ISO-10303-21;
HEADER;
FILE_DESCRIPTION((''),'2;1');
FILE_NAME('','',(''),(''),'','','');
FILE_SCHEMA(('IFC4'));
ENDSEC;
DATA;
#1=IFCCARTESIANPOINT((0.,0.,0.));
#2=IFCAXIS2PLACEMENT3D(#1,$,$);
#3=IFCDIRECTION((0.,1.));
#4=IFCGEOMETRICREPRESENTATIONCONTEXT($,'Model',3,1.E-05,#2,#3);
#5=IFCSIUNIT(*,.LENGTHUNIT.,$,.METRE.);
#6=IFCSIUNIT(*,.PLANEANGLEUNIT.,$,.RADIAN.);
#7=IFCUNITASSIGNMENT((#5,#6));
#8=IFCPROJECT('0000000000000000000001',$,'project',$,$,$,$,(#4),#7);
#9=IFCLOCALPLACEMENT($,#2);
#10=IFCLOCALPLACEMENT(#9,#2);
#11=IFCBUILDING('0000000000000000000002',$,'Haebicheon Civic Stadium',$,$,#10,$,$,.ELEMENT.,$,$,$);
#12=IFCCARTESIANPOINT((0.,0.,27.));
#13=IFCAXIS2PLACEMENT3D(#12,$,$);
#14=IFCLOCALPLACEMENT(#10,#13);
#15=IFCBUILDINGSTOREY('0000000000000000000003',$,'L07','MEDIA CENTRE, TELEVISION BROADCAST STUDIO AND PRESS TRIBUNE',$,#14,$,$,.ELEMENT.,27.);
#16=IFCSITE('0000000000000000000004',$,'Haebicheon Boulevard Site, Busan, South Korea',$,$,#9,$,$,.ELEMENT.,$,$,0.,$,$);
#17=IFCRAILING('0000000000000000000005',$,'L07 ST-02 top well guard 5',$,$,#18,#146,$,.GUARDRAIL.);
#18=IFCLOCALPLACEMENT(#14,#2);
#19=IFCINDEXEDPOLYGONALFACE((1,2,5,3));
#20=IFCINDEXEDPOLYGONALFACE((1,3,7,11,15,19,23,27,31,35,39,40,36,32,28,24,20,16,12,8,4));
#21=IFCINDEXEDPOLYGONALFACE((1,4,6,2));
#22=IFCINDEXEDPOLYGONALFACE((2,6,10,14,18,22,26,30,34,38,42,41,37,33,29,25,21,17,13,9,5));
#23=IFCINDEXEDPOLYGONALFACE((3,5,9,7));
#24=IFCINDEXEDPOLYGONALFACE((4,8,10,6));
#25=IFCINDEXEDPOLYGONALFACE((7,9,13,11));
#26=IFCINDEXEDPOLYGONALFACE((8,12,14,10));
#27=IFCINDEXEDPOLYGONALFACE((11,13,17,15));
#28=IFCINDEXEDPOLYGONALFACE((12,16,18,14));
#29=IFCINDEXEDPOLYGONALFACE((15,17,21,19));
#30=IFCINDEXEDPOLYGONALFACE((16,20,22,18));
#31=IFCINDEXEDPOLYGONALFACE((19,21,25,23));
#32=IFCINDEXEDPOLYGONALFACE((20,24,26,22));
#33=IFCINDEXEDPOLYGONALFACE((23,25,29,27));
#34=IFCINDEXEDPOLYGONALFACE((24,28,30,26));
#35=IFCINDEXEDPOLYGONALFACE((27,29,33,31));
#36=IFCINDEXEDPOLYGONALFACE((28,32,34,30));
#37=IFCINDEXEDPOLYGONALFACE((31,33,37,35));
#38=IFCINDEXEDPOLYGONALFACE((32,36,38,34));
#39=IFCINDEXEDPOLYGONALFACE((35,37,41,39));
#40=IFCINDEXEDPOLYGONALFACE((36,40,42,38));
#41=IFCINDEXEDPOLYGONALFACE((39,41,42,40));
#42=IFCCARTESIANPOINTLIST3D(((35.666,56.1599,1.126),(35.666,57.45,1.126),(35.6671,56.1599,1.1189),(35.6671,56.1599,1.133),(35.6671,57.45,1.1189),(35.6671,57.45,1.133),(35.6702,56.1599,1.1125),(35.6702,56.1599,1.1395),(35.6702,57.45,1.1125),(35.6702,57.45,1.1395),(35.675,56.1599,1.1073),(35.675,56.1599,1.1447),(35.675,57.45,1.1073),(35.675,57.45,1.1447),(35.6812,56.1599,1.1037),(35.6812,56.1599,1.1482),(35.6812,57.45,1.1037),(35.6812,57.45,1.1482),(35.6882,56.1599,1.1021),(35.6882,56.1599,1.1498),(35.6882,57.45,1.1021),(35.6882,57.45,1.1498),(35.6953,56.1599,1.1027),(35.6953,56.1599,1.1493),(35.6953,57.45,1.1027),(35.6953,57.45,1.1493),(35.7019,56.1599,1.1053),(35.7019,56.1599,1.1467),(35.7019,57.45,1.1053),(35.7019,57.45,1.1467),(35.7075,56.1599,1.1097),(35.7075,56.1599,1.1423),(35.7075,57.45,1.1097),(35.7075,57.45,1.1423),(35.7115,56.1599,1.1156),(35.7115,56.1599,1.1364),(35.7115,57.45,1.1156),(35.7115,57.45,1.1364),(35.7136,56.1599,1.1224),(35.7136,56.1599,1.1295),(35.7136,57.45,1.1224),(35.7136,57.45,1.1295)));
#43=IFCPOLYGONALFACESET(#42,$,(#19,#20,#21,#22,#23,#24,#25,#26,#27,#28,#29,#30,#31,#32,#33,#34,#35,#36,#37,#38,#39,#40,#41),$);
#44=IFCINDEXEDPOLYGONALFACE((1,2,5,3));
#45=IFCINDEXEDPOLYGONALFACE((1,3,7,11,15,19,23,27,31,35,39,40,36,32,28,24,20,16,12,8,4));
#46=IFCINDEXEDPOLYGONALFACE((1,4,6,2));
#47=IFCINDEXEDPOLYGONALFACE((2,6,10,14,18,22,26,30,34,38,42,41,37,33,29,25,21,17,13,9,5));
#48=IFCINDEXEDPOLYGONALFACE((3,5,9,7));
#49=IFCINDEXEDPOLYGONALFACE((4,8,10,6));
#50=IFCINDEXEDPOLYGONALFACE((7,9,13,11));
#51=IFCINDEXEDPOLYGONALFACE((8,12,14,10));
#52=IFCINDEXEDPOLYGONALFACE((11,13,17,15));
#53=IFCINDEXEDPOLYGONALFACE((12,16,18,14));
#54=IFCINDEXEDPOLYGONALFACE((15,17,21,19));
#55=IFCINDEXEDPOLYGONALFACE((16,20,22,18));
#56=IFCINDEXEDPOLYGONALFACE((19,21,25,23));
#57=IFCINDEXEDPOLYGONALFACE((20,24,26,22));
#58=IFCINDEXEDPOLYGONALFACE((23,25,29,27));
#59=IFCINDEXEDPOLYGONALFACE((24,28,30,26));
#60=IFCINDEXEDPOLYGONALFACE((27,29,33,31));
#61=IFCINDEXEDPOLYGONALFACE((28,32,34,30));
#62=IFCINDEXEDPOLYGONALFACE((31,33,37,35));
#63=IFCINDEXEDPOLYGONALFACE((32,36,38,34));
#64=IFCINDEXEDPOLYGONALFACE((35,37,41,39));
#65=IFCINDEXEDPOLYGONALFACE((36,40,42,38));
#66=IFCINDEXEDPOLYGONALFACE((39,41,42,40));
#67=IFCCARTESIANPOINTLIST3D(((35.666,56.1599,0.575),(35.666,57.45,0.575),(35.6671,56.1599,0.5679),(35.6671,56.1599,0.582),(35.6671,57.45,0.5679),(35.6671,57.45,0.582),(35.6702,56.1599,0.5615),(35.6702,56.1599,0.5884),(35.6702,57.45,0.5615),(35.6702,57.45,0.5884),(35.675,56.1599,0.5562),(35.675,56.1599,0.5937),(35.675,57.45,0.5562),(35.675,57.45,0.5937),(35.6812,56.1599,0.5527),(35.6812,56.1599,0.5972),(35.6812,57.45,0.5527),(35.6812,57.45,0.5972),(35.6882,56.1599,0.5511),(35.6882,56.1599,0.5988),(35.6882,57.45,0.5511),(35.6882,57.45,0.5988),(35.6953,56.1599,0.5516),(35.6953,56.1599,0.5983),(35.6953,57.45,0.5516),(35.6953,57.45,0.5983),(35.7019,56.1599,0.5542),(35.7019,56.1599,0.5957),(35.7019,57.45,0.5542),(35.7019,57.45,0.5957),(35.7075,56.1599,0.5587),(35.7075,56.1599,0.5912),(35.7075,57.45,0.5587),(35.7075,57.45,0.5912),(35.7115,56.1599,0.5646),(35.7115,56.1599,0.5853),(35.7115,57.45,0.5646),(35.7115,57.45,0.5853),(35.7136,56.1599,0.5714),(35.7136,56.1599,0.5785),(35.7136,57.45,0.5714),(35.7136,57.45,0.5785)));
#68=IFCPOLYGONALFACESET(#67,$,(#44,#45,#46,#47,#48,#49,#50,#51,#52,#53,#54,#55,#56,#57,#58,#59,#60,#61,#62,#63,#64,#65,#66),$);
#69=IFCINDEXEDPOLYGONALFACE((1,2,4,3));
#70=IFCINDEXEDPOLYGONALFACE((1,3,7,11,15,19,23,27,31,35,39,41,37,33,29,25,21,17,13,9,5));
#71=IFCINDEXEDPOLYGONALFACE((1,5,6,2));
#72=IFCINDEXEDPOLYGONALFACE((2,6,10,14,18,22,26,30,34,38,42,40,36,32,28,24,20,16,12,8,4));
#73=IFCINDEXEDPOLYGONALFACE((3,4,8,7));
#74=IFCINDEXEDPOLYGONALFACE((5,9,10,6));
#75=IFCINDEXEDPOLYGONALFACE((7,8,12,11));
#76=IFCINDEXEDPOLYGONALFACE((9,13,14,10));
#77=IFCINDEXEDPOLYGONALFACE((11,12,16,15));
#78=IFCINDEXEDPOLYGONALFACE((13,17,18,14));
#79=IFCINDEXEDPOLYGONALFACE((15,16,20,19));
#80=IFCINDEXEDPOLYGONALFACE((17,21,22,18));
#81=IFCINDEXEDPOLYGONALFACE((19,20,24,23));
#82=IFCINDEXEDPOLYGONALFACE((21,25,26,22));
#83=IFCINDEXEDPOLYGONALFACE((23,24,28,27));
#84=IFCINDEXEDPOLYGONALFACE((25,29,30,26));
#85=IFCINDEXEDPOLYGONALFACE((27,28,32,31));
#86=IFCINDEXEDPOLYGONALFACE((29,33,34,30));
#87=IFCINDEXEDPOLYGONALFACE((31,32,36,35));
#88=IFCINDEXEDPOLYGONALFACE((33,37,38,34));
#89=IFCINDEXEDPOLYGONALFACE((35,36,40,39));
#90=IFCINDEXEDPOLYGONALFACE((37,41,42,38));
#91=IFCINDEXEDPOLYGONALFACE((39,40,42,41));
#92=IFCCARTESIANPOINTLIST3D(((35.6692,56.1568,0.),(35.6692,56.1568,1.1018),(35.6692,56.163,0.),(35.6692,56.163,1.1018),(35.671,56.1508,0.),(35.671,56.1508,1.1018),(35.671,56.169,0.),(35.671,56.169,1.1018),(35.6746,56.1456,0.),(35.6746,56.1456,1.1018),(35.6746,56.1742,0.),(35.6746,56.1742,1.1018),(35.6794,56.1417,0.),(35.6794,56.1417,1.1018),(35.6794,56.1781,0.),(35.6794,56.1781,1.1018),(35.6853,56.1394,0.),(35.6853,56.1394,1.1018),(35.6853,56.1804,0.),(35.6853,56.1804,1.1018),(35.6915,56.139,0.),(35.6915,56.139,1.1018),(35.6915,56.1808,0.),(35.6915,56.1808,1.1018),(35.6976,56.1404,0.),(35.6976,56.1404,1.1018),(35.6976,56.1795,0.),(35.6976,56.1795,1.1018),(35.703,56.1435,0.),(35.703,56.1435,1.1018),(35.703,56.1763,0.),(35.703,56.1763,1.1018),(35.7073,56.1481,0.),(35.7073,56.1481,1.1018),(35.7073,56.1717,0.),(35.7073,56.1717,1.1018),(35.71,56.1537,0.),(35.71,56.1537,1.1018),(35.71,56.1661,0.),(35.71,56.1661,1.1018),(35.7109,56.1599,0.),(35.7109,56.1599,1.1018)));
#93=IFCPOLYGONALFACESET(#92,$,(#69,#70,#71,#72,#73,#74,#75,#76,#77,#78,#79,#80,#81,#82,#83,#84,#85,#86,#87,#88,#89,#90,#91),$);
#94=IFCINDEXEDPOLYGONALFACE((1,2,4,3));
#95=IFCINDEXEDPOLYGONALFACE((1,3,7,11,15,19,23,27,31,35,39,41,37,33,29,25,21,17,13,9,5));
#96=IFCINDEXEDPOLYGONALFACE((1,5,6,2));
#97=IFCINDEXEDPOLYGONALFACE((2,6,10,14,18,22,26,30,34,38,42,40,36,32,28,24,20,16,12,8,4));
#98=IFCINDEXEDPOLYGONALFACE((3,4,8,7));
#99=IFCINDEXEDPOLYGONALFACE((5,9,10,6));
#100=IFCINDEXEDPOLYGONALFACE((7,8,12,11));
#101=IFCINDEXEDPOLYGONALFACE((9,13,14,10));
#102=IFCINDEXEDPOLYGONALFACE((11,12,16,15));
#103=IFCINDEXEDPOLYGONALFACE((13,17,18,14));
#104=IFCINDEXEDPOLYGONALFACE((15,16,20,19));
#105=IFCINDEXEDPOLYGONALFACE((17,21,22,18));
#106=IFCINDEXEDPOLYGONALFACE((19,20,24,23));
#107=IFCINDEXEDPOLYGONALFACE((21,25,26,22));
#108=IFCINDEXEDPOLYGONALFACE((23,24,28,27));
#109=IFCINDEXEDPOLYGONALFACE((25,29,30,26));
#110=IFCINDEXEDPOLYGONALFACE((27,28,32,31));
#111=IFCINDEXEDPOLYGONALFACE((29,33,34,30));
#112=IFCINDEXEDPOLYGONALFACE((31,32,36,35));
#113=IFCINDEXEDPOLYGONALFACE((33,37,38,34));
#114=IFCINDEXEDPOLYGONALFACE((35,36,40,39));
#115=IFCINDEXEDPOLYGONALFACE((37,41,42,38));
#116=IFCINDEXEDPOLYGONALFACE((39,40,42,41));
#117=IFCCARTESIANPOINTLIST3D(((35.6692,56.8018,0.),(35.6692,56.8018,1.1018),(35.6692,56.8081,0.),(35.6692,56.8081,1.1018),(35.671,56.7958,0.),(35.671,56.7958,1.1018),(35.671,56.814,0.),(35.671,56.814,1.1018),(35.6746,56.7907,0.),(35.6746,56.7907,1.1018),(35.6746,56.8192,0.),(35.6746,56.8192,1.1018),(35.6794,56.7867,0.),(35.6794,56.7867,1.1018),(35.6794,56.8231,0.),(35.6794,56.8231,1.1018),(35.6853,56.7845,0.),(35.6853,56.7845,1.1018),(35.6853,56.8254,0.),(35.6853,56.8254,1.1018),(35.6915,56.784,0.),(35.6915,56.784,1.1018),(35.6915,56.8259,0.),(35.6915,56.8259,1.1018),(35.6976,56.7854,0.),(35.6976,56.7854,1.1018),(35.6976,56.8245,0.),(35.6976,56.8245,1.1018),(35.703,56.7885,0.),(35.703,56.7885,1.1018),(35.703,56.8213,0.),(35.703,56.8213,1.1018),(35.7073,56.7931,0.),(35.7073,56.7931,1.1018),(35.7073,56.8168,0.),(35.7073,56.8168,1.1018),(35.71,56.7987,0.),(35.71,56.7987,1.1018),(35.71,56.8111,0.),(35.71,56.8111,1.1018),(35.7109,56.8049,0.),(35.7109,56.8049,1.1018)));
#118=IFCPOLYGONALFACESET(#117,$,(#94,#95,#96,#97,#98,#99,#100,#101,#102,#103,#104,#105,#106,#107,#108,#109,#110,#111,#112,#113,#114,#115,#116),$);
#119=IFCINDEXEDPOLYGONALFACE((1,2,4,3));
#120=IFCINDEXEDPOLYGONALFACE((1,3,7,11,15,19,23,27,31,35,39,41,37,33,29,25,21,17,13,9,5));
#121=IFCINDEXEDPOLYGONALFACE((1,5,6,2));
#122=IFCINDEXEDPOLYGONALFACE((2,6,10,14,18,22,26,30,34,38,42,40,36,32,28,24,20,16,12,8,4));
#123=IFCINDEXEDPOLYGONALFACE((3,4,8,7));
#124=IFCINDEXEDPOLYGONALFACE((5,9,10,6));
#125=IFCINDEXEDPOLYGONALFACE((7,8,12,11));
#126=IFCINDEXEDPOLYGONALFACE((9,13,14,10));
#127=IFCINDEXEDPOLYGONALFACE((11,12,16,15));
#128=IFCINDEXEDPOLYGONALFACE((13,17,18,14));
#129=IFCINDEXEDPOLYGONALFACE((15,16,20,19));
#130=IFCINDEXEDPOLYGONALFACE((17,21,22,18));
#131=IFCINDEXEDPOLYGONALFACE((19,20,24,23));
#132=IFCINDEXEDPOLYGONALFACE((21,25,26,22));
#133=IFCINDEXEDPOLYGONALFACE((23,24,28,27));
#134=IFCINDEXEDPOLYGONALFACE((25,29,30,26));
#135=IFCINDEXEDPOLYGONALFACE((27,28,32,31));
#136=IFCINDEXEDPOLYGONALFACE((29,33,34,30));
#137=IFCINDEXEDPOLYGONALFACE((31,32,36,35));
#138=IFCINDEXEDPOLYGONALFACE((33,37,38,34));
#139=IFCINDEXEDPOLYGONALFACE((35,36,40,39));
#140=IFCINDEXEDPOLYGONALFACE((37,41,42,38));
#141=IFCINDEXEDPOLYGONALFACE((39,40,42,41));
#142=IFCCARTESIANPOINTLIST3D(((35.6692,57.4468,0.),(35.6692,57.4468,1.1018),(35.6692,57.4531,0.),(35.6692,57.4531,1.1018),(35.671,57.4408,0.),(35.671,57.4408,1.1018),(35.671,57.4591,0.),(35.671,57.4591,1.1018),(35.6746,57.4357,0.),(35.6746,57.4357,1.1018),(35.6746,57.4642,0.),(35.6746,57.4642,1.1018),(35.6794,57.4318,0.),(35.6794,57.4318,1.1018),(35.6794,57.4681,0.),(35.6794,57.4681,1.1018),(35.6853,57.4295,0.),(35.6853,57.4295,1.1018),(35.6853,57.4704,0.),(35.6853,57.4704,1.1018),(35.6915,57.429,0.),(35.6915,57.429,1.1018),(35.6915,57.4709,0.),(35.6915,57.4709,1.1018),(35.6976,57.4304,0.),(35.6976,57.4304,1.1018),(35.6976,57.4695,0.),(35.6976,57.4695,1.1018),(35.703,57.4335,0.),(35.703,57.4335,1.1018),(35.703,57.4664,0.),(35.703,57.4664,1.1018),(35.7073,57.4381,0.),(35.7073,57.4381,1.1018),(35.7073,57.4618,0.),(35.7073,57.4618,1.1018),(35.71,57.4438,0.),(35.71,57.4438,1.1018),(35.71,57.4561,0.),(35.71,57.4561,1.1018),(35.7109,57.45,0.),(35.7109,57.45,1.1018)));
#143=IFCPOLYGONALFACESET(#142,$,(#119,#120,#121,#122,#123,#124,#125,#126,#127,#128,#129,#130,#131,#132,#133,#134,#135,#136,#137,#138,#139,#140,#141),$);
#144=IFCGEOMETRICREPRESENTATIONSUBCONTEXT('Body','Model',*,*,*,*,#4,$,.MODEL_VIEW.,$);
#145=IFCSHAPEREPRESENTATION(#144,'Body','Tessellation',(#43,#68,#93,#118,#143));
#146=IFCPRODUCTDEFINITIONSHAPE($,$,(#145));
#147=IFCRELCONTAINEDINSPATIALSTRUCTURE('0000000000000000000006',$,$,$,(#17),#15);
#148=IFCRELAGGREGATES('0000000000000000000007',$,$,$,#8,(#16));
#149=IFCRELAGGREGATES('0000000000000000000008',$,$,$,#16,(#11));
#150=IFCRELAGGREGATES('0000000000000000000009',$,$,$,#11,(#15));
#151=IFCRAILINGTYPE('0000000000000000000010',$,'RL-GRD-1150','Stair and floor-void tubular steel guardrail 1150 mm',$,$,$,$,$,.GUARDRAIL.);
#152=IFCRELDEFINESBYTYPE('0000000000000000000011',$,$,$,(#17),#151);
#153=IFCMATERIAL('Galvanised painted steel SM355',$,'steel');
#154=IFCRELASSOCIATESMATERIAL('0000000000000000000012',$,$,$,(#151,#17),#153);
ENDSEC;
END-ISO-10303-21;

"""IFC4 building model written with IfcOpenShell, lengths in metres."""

from ifc_helpers import new_model, si_unit, direction, frame, origin, origin_2d, place, context, subcontext, project, spatial, circle, extrude, material, type_object, element, save


model = new_model("IFC4")

# Units and contexts
model_context = context("Model", 3, precision=1e-05, world=origin(), true_north=direction((0.0, 1.0)))
body_context = subcontext(model_context, "Body", "Model", "MODEL_VIEW")
ifc_project = project(units=[si_unit("LENGTHUNIT", "METRE"), si_unit("PLANEANGLEUNIT", "RADIAN")], contexts=[model_context])

# Site, building, storey
site_placement = place(None, origin())
site = spatial("IfcSite", under=ifc_project, at=site_placement, Name="Haebicheon Boulevard Site, Busan, South Korea", CompositionType="ELEMENT", RefElevation=0.0)
building_placement = place(site_placement, origin())
building = spatial("IfcBuilding", under=site, at=building_placement, Name="Haebicheon Civic Stadium", CompositionType="ELEMENT")
storey_placement = place(building_placement, frame((0.0, 0.0, 27.0)))
storey = spatial("IfcBuildingStorey", under=building, at=storey_placement, Name="L07", Description="MEDIA CENTRE, TELEVISION BROADCAST STUDIO AND PRESS TRIBUNE", CompositionType="ELEMENT", Elevation=27.0)

# Railing
ifc_material_1 = material(Name="Galvanised painted steel SM355", Category="steel")
railing_type = type_object("IfcRailingType", Name="RL-GRD-1150", Description="Stair and floor-void tubular steel guardrail 1150 mm", PredefinedType="GUARDRAIL", material=ifc_material_1)
railing_1_placement = place(storey_placement, frame((35.6899, 56.1599, 0.0)))
element("IfcRailing", 1, at=railing_1_placement, inside=storey, type_object=railing_type, material=ifc_material_1, Name="L07 ST-02 top well guard 5", PredefinedType="GUARDRAIL", context=body_context, shape_type="SweptSolid", body=[
    extrude(circle(Radius=0.0239, at=origin_2d()), frame((0.0, 0.0, 1.126), z_axis=(0.0, 1.0, 0.0), x_axis=(-1.0, 0.0, 0.0)), (0.0, 0.0, 1.0), 1.29),
    extrude(circle(Radius=0.0239, at=origin_2d()), frame((0.0, 0.0, 0.575), z_axis=(0.0, 1.0, 0.0), x_axis=(-1.0, 0.0, 0.0)), (0.0, 0.0, 1.0), 1.29),
    extrude(circle(Radius=0.021, at=origin_2d()), origin(), (0.0, 0.0, 1.0), 1.1018),
    extrude(circle(Radius=0.021, at=origin_2d()), frame((0.0, 0.645, 0.0)), (0.0, 0.0, 1.0), 1.1018),
    extrude(circle(Radius=0.021, at=origin_2d()), frame((0.0, 1.29, 0.0)), (0.0, 0.0, 1.0), 1.1018),
])

save(model, "model.ifc")
